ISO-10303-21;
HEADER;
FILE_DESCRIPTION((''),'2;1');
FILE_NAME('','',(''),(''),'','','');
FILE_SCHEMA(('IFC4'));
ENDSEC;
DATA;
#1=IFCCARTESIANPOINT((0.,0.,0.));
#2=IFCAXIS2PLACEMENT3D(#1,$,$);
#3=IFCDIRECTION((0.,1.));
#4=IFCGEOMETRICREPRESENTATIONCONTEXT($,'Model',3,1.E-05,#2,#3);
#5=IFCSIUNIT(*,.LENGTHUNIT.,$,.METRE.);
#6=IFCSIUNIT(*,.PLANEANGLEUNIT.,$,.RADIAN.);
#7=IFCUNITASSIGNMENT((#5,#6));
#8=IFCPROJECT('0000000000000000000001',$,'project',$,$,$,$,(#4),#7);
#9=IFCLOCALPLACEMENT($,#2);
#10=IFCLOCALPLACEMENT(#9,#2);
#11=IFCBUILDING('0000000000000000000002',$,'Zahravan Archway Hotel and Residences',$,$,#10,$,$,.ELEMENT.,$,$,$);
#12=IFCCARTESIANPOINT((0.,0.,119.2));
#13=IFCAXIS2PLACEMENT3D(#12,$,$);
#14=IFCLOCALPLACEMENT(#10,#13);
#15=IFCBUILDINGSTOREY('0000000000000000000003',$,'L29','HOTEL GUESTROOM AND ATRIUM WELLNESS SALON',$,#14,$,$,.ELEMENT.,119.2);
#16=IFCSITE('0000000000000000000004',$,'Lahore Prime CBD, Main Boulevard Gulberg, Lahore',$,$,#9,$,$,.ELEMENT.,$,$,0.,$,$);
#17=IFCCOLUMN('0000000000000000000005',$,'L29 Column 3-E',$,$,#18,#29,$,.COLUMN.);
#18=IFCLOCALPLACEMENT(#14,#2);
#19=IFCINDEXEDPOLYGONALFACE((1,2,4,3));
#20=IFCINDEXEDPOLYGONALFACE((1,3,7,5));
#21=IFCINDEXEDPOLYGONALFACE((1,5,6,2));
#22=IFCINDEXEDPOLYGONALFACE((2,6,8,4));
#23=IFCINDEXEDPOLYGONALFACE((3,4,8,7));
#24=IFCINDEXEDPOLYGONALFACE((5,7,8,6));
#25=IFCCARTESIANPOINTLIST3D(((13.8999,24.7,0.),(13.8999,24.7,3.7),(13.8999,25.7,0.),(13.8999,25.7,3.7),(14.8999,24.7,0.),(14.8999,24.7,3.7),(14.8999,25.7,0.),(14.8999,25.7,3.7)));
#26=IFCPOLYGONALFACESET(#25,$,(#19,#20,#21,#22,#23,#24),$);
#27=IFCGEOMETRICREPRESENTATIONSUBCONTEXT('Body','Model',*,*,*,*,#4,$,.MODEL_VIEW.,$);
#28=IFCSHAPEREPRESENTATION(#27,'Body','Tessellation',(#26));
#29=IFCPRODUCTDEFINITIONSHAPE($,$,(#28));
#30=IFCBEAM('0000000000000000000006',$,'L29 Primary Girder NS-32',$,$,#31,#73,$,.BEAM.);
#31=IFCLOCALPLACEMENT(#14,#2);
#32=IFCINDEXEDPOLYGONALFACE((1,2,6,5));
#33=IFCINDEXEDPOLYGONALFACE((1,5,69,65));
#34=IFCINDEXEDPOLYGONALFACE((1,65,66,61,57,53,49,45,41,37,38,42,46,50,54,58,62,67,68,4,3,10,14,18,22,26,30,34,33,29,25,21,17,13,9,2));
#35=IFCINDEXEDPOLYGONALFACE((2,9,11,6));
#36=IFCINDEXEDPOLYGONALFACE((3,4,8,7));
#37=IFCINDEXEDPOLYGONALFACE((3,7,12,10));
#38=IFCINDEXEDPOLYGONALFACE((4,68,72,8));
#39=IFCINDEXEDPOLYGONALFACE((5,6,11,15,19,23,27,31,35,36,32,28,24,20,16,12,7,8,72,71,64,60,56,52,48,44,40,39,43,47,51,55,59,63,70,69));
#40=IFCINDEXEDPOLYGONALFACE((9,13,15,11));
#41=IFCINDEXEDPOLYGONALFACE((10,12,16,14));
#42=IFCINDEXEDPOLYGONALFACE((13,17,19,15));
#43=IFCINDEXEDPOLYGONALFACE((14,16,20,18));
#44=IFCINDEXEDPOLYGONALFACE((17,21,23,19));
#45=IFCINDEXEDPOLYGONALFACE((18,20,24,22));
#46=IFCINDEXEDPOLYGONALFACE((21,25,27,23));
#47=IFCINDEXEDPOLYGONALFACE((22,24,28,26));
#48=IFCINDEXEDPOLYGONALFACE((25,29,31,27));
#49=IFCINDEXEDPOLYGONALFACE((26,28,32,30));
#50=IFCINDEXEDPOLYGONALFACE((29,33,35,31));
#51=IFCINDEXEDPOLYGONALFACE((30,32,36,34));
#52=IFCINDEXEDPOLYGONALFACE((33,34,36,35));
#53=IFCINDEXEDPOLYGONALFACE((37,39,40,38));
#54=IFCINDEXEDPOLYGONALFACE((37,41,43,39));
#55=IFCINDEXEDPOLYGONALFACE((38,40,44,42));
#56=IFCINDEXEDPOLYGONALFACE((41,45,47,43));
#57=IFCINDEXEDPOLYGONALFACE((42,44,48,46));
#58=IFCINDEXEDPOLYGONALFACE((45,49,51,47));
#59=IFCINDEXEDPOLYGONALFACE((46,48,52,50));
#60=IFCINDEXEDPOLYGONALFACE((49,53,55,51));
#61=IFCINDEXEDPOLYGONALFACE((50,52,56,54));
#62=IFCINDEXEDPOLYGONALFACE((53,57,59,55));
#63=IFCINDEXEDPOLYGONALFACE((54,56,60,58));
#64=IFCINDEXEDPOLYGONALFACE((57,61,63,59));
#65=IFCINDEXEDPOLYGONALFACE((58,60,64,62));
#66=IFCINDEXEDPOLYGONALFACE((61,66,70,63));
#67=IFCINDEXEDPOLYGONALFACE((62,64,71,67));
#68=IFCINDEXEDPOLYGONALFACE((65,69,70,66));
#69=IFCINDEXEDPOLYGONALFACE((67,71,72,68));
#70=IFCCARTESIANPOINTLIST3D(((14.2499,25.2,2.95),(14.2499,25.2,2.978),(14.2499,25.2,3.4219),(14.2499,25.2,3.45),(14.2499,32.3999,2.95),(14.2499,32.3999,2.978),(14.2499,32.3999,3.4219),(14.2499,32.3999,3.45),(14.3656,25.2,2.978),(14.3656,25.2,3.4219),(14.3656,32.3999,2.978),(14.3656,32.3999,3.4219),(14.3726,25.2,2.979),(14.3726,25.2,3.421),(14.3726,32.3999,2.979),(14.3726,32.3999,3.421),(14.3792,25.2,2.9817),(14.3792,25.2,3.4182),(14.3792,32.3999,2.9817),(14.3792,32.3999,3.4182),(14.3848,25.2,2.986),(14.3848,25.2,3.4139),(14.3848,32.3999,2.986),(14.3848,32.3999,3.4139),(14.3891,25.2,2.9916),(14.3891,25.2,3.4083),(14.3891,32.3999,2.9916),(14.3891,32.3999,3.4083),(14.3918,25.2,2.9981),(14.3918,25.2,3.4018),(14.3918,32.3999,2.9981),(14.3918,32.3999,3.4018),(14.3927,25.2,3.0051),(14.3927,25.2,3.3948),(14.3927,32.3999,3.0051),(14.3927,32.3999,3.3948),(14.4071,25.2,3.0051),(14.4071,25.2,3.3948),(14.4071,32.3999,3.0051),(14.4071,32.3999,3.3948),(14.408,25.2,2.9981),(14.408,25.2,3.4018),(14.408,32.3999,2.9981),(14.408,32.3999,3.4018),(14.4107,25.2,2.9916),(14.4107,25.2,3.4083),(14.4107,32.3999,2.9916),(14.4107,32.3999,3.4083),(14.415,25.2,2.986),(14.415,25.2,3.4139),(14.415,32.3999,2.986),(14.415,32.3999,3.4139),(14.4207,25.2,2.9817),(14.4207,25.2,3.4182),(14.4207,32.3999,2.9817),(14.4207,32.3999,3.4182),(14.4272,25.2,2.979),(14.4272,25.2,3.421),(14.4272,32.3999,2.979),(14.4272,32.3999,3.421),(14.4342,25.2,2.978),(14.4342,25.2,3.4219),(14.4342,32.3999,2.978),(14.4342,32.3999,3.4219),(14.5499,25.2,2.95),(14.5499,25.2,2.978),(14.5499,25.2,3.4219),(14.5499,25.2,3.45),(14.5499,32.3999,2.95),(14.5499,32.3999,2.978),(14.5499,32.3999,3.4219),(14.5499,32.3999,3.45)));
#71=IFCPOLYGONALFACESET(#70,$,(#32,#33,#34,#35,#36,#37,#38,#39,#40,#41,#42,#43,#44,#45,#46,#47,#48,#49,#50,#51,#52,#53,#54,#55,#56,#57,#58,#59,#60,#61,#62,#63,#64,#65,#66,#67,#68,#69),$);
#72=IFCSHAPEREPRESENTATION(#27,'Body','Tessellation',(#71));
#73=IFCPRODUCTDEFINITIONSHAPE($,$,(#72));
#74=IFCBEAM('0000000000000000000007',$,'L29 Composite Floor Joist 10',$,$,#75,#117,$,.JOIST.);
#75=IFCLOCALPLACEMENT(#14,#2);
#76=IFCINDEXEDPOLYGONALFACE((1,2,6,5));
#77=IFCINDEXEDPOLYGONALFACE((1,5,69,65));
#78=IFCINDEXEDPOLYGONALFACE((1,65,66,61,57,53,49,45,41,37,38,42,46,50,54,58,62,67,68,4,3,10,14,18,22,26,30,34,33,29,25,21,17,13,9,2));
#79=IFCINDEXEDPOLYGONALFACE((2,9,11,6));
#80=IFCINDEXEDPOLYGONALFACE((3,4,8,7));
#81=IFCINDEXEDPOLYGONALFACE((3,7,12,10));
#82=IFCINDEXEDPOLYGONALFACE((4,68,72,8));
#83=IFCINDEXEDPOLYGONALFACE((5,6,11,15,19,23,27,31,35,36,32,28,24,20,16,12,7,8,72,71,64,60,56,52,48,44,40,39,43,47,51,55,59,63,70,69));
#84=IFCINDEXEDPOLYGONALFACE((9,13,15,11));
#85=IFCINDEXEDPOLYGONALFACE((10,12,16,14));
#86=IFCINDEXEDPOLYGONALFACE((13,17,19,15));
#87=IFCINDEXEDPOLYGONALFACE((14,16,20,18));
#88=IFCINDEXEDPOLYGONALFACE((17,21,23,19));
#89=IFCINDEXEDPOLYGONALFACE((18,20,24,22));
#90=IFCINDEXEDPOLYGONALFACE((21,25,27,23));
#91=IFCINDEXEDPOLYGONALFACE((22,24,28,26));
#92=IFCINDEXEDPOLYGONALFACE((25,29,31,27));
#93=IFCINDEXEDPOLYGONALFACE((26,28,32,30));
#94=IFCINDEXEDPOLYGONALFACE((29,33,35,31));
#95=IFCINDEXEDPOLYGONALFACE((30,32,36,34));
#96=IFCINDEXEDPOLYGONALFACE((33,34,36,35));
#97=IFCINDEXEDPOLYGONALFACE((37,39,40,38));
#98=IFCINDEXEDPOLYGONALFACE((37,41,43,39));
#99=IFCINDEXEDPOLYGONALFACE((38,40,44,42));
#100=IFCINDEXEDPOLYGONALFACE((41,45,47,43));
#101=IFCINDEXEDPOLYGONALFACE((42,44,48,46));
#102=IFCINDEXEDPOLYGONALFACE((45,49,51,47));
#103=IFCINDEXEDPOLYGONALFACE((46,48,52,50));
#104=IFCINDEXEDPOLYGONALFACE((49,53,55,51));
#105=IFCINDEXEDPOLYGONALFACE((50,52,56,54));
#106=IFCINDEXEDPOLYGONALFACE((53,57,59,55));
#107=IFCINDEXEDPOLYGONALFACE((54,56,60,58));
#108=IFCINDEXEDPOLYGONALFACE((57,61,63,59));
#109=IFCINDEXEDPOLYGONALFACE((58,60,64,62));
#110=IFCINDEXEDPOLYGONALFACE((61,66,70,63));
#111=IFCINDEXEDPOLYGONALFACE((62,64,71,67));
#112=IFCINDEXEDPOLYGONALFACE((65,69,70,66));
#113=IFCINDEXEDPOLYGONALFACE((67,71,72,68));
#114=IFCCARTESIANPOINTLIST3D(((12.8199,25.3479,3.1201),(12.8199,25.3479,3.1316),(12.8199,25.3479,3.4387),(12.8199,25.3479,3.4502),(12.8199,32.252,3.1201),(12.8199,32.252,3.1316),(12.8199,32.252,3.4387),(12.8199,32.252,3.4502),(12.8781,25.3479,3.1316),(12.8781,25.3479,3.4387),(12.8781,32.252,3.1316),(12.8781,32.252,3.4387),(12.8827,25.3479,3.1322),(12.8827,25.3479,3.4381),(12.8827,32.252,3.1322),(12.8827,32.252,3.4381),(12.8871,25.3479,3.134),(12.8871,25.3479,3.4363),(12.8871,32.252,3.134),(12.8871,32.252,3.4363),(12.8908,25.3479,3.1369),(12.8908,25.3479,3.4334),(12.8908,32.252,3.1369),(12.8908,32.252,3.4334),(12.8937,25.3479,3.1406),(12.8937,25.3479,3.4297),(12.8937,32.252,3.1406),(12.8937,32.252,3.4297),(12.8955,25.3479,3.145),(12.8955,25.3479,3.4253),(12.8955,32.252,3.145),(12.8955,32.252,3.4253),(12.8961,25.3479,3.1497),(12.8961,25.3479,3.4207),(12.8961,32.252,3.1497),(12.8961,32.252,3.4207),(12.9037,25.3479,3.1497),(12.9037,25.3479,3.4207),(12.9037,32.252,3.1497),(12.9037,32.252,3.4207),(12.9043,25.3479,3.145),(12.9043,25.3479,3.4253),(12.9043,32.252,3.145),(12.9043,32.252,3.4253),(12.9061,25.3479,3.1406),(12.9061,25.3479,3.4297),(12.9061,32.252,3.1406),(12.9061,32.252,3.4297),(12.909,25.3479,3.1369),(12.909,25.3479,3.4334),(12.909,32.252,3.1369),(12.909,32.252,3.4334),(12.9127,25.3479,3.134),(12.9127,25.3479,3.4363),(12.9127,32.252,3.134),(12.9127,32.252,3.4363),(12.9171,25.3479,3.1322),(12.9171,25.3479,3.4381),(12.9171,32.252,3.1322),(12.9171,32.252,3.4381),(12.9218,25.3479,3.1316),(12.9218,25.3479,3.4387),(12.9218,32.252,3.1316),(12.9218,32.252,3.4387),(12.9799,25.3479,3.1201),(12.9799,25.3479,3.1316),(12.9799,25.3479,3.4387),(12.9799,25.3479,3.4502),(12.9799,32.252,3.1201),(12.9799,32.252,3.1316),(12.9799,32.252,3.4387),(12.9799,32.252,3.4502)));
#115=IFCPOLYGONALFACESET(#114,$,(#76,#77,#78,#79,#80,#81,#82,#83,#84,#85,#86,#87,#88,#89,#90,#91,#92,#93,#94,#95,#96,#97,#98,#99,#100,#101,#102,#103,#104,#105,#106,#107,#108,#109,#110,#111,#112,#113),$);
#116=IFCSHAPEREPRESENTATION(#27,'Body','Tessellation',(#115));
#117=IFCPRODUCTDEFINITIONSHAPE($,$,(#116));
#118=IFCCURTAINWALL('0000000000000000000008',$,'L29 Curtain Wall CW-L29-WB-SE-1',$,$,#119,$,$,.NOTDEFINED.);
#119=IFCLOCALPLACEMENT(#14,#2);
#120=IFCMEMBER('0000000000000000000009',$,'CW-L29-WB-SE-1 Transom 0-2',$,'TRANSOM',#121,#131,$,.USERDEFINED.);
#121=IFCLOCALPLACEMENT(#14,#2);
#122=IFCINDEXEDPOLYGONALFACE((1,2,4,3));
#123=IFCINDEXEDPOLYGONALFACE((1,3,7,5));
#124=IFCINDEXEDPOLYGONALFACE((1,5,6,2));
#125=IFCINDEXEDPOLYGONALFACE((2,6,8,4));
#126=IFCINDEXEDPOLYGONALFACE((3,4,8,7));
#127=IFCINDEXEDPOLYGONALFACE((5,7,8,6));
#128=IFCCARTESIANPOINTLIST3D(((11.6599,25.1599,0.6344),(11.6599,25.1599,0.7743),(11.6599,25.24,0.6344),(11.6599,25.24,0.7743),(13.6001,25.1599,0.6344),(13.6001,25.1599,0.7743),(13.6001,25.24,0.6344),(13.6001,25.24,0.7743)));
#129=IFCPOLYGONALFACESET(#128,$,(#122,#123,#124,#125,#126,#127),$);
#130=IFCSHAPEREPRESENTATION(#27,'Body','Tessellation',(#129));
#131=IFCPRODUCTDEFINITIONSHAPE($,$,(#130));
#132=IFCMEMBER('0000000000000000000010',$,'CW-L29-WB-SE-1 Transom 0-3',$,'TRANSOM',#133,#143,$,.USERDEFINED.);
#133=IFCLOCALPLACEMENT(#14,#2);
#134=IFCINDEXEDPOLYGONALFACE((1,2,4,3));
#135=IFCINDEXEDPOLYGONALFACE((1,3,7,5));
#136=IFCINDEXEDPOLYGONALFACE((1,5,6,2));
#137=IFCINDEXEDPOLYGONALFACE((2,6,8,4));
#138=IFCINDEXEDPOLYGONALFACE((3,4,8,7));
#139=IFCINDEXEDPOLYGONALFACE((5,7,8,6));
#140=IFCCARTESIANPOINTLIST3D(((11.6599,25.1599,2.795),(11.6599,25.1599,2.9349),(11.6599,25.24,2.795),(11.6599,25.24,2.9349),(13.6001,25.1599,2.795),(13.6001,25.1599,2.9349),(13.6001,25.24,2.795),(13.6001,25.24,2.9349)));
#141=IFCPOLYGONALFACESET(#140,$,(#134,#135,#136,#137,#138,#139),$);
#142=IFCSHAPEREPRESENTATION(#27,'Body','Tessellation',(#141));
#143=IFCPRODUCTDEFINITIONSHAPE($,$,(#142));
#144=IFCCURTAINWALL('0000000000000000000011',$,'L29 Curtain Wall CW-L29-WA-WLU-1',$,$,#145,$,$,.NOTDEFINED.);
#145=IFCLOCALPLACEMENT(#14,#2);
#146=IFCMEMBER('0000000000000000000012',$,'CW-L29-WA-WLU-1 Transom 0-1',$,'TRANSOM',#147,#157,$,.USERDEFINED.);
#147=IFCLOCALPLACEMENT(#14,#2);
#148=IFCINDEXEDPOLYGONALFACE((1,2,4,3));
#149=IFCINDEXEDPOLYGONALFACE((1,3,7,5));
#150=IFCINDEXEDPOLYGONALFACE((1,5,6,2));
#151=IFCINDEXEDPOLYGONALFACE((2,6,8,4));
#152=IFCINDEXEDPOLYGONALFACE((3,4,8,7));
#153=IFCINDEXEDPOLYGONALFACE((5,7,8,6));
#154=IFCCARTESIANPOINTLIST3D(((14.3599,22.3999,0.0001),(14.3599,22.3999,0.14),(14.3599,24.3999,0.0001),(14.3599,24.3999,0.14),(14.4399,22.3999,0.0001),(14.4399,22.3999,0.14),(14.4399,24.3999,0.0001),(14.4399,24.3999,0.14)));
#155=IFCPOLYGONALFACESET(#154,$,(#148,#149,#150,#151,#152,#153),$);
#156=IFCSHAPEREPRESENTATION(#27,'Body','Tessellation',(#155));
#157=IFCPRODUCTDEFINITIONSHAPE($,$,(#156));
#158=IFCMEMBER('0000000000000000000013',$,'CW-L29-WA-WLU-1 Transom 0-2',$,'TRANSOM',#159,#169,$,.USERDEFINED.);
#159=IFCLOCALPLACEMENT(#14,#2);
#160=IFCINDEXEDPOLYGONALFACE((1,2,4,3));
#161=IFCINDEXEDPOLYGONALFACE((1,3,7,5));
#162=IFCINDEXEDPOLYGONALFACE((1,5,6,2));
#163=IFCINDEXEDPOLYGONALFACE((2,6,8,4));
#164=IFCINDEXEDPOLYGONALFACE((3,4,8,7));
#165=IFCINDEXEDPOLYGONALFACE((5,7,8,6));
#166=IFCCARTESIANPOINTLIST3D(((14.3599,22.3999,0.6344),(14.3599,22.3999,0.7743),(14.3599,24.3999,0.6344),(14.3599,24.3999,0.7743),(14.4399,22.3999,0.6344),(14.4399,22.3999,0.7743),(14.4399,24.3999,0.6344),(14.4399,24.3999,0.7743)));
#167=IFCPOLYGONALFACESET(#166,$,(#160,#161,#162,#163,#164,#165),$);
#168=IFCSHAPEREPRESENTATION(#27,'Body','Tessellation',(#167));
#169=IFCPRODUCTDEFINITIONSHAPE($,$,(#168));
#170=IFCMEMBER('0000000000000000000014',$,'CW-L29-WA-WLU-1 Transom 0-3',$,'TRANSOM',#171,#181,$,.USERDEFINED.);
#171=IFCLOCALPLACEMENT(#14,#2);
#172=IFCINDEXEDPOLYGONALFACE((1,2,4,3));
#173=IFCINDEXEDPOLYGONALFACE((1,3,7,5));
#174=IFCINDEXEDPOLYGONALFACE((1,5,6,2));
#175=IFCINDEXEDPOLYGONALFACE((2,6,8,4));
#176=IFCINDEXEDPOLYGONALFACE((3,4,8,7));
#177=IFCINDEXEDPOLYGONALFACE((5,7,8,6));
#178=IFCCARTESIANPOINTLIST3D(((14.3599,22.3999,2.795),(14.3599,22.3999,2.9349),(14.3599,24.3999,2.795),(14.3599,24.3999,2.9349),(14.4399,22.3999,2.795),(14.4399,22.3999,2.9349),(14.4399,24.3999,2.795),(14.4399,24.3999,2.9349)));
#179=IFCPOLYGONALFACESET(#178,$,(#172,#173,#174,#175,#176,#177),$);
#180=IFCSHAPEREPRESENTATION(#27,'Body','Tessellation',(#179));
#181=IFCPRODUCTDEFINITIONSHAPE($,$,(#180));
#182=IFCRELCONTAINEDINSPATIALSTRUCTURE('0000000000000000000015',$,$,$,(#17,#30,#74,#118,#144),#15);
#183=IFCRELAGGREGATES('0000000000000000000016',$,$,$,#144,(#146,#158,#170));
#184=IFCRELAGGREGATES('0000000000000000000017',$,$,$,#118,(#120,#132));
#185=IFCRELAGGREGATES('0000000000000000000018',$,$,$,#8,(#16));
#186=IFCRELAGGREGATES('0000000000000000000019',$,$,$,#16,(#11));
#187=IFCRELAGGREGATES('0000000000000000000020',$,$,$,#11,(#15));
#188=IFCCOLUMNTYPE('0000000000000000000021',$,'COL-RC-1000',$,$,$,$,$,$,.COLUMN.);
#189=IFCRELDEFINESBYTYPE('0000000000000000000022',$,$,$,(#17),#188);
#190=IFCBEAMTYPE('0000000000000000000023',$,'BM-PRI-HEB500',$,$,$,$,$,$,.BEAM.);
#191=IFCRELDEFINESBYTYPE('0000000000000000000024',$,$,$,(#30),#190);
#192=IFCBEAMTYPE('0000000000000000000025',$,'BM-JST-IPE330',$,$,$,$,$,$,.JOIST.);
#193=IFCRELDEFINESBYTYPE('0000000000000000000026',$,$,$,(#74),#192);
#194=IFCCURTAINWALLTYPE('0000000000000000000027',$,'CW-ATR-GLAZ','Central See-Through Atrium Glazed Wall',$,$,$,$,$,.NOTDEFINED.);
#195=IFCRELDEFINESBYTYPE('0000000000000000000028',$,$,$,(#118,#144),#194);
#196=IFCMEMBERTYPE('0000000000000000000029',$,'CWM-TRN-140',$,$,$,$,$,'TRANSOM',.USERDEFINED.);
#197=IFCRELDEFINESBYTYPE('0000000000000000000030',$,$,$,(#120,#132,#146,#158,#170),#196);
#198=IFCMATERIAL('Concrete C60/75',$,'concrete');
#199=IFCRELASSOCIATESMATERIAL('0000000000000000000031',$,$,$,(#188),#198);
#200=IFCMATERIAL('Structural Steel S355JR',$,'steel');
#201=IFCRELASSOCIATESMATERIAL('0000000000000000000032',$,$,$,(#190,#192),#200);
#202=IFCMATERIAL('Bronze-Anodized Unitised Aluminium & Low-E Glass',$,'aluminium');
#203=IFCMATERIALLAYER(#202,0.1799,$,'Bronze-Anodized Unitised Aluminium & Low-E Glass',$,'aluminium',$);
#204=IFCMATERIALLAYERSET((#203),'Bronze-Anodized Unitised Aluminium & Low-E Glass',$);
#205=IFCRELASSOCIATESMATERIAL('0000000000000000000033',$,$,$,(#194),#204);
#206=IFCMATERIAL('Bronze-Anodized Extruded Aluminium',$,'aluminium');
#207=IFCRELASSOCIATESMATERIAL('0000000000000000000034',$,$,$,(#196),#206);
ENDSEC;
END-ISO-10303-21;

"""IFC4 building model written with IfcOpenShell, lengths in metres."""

from ifc_helpers import new_model, si_unit, direction, frame, origin, origin_2d, place, context, subcontext, project, spatial, rectangle, i_section, extrude, source, transform, mapped, material, layer, layer_set, material_profile, profile_set, type_object, type_shapes, element, aggregate, save


model = new_model("IFC4")

# Units and contexts
model_context = context("Model", 3, precision=1e-05, world=origin(), true_north=direction((0.0, 1.0)))
body_context = subcontext(model_context, "Body", "Model", "MODEL_VIEW")
ifc_project = project(units=[si_unit("LENGTHUNIT", "METRE"), si_unit("PLANEANGLEUNIT", "RADIAN")], contexts=[model_context])

# Site, building, storey
site_placement = place(None, origin())
site = spatial("IfcSite", under=ifc_project, at=site_placement, Name="Lahore Prime CBD, Main Boulevard Gulberg, Lahore", CompositionType="ELEMENT", RefElevation=0.0)
building_placement = place(site_placement, origin())
building = spatial("IfcBuilding", under=site, at=building_placement, Name="Zahravan Archway Hotel and Residences", CompositionType="ELEMENT")
storey_placement = place(building_placement, frame((0.0, 0.0, 119.2)))
storey = spatial("IfcBuildingStorey", under=building, at=storey_placement, Name="L29", Description="HOTEL GUESTROOM AND ATRIUM WELLNESS SALON", CompositionType="ELEMENT", Elevation=119.2)

# Column
ifc_material_1 = material(Name="Concrete C60/75", Category="concrete")
ifc_material_profile_1 = material_profile(ifc_material_1, rectangle(XDim=1.0, YDim=1.0, at=origin_2d()), Name="RC-COL-1000x1000", Category="concrete")
ifc_profile_set_1 = profile_set([ifc_material_profile_1], Name="Concrete C60/75")
column_type = type_object("IfcColumnType", Name="COL-RC-1000", PredefinedType="COLUMN", material=ifc_profile_set_1)
shared_shape_1 = source(origin(), body_context, "Body", "SweptSolid", [
    extrude(rectangle(XDim=1.0, YDim=1.0, at=origin_2d()), origin(), (0.0, 0.0, 1.0), 3.7),
])
type_shapes(column_type, [shared_shape_1])
column_placement = place(storey_placement, frame((14.3999, 25.2, 0.0), z_axis=(0.0, 0.0, 1.0), x_axis=(1.0, 0.0, 0.0)))
element("IfcColumn", 1, at=column_placement, inside=storey, type_object=column_type, Name="L29 Column 3-E", PredefinedType="COLUMN", context=body_context, shape_type="MappedRepresentation", body=[
    mapped(shared_shape_1, transform((0.0, 0.0, 0.0), scale=1.0)),
])

# Beams
ifc_material_2 = material(Name="Structural Steel S355JR", Category="steel")
ifc_material_profile_2 = material_profile(ifc_material_2, i_section(OverallWidth=0.3, OverallDepth=0.5, WebThickness=0.0144, FlangeThickness=0.0281, FilletRadius=0.0271, at=origin_2d()), Name="HEB 500", Category="steel")
ifc_profile_set_2 = profile_set([ifc_material_profile_2], Name="Structural Steel S355JR")
beam_type_1 = type_object("IfcBeamType", Name="BM-PRI-HEB500", PredefinedType="BEAM", material=ifc_profile_set_2)
shared_shape_2 = source(origin(), body_context, "Body", "SweptSolid", [
    extrude(i_section(OverallWidth=0.3, OverallDepth=0.5, WebThickness=0.0144, FlangeThickness=0.0281, FilletRadius=0.0271, at=origin_2d()), origin(), (0.0, 0.0, 1.0), 7.2),
])
beam_1_placement = place(storey_placement, frame((14.3999, 25.2, 3.2), z_axis=(0.0, 1.0, 0.0), x_axis=(-1.0, 0.0, 0.0)))
element("IfcBeam", 2, at=beam_1_placement, inside=storey, type_object=beam_type_1, Name="L29 Primary Girder NS-32", PredefinedType="BEAM", context=body_context, shape_type="MappedRepresentation", body=[
    mapped(shared_shape_2, transform((0.0, 0.0, 0.0), scale=1.0)),
])
ifc_material_profile_3 = material_profile(ifc_material_2, i_section(OverallWidth=0.1599, OverallDepth=0.3301, WebThickness=0.0076, FlangeThickness=0.0115, FilletRadius=0.0181, at=origin_2d()), Name="IPE 330", Category="steel")
ifc_profile_set_3 = profile_set([ifc_material_profile_3], Name="Structural Steel S355JR")
beam_type_2 = type_object("IfcBeamType", Name="BM-JST-IPE330", PredefinedType="JOIST", material=ifc_profile_set_3)
shared_shape_3 = source(origin(), body_context, "Body", "SweptSolid", [
    extrude(i_section(OverallWidth=0.1599, OverallDepth=0.3301, WebThickness=0.0076, FlangeThickness=0.0115, FilletRadius=0.0181, at=origin_2d()), origin(), (0.0, 0.0, 1.0), 6.9041),
])
type_shapes(beam_type_2, [shared_shape_3])
beam_2_placement = place(storey_placement, frame((12.8999, 25.3479, 3.2852), z_axis=(0.0, 1.0, 0.0), x_axis=(-1.0, 0.0, 0.0)))
element("IfcBeam", 3, at=beam_2_placement, inside=storey, type_object=beam_type_2, Name="L29 Composite Floor Joist 10", PredefinedType="JOIST", context=body_context, shape_type="MappedRepresentation", body=[
    mapped(shared_shape_3, transform((0.0, 0.0, 0.0), scale=1.0)),
])

# Curtain walls, members
ifc_material_3 = material(Name="Bronze-Anodized Unitised Aluminium & Low-E Glass", Category="aluminium")
ifc_layer_1 = layer(ifc_material_3, 0.1799, Name="Bronze-Anodized Unitised Aluminium & Low-E Glass", Category="aluminium")
ifc_layer_set_1 = layer_set([ifc_layer_1], Name="Bronze-Anodized Unitised Aluminium & Low-E Glass")
curtain_wall_type = type_object("IfcCurtainWallType", Name="CW-ATR-GLAZ", Description="Central See-Through Atrium Glazed Wall", PredefinedType="NOTDEFINED", material=ifc_layer_set_1)
curtain_wall_1_placement = place(storey_placement, origin())
curtain_wall_1 = element("IfcCurtainWall", 4, at=curtain_wall_1_placement, inside=storey, type_object=curtain_wall_type, Name="L29 Curtain Wall CW-L29-WB-SE-1", PredefinedType="NOTDEFINED")
ifc_material_4 = material(Name="Bronze-Anodized Extruded Aluminium", Category="aluminium")
ifc_material_profile_4 = material_profile(ifc_material_4, rectangle(XDim=0.0801, YDim=0.1399, at=origin_2d()), Name="TRN 80x140", Category="aluminium")
ifc_profile_set_4 = profile_set([ifc_material_profile_4], Name="Bronze-Anodized Extruded Aluminium")
member_type_1 = type_object("IfcMemberType", Name="CWM-TRN-140", ElementType="TRANSOM", PredefinedType="USERDEFINED", material=ifc_profile_set_4)
shared_shape_4 = source(origin(), body_context, "Body", "SweptSolid", [
    extrude(rectangle(XDim=0.0801, YDim=0.1399, at=origin_2d()), origin(), (0.0, 0.0, 1.0), 1.9402),
])
member_1_placement = place(storey_placement, frame((11.6599, 25.2, 0.7043), z_axis=(1.0, 0.0, 0.0), x_axis=(0.0, 1.0, 0.0)))
member_1 = element("IfcMember", 5, at=member_1_placement, type_object=member_type_1, Name="CW-L29-WB-SE-1 Transom 0-2", ObjectType="TRANSOM", PredefinedType="USERDEFINED", context=body_context, shape_type="MappedRepresentation", body=[
    mapped(shared_shape_4, transform((0.0, 0.0, 0.0), scale=1.0)),
])
member_2_placement = place(storey_placement, frame((11.6599, 25.2, 2.865), z_axis=(1.0, 0.0, 0.0), x_axis=(0.0, 1.0, 0.0)))
member_2 = element("IfcMember", 6, at=member_2_placement, type_object=member_type_1, Name="CW-L29-WB-SE-1 Transom 0-3", ObjectType="TRANSOM", PredefinedType="USERDEFINED", context=body_context, shape_type="MappedRepresentation", body=[
    mapped(shared_shape_4, transform((0.0, 0.0, 0.0), scale=1.0)),
])
curtain_wall_2_placement = place(storey_placement, origin())
curtain_wall_2 = element("IfcCurtainWall", 7, at=curtain_wall_2_placement, inside=storey, type_object=curtain_wall_type, Name="L29 Curtain Wall CW-L29-WA-WLU-1", PredefinedType="NOTDEFINED")
shared_shape_5 = source(origin(), body_context, "Body", "SweptSolid", [
    extrude(rectangle(XDim=0.0801, YDim=0.1399, at=origin_2d()), origin(), (0.0, 0.0, 1.0), 2.0),
])
member_3_placement = place(storey_placement, frame((14.3999, 22.3999, 0.0701), z_axis=(0.0, 1.0, 0.0), x_axis=(-1.0, 0.0, 0.0)))
member_3 = element("IfcMember", 8, at=member_3_placement, type_object=member_type_1, Name="CW-L29-WA-WLU-1 Transom 0-1", ObjectType="TRANSOM", PredefinedType="USERDEFINED", context=body_context, shape_type="MappedRepresentation", body=[
    mapped(shared_shape_5, transform((0.0, 0.0, 0.0), scale=1.0)),
])
member_4_placement = place(storey_placement, frame((14.3999, 22.3999, 0.7043), z_axis=(0.0, 1.0, 0.0), x_axis=(-1.0, 0.0, 0.0)))
member_4 = element("IfcMember", 9, at=member_4_placement, type_object=member_type_1, Name="CW-L29-WA-WLU-1 Transom 0-2", ObjectType="TRANSOM", PredefinedType="USERDEFINED", context=body_context, shape_type="MappedRepresentation", body=[
    mapped(shared_shape_5, transform((0.0, 0.0, 0.0), scale=1.0)),
])
member_5_placement = place(storey_placement, frame((14.3999, 22.3999, 2.865), z_axis=(0.0, 1.0, 0.0), x_axis=(-1.0, 0.0, 0.0)))
member_5 = element("IfcMember", 10, at=member_5_placement, type_object=member_type_1, Name="CW-L29-WA-WLU-1 Transom 0-3", ObjectType="TRANSOM", PredefinedType="USERDEFINED", context=body_context, shape_type="MappedRepresentation", body=[
    mapped(shared_shape_5, transform((0.0, 0.0, 0.0), scale=1.0)),
])

aggregate(curtain_wall_2, [member_3, member_4, member_5])
aggregate(curtain_wall_1, [member_1, member_2])

save(model, "model.ifc")
